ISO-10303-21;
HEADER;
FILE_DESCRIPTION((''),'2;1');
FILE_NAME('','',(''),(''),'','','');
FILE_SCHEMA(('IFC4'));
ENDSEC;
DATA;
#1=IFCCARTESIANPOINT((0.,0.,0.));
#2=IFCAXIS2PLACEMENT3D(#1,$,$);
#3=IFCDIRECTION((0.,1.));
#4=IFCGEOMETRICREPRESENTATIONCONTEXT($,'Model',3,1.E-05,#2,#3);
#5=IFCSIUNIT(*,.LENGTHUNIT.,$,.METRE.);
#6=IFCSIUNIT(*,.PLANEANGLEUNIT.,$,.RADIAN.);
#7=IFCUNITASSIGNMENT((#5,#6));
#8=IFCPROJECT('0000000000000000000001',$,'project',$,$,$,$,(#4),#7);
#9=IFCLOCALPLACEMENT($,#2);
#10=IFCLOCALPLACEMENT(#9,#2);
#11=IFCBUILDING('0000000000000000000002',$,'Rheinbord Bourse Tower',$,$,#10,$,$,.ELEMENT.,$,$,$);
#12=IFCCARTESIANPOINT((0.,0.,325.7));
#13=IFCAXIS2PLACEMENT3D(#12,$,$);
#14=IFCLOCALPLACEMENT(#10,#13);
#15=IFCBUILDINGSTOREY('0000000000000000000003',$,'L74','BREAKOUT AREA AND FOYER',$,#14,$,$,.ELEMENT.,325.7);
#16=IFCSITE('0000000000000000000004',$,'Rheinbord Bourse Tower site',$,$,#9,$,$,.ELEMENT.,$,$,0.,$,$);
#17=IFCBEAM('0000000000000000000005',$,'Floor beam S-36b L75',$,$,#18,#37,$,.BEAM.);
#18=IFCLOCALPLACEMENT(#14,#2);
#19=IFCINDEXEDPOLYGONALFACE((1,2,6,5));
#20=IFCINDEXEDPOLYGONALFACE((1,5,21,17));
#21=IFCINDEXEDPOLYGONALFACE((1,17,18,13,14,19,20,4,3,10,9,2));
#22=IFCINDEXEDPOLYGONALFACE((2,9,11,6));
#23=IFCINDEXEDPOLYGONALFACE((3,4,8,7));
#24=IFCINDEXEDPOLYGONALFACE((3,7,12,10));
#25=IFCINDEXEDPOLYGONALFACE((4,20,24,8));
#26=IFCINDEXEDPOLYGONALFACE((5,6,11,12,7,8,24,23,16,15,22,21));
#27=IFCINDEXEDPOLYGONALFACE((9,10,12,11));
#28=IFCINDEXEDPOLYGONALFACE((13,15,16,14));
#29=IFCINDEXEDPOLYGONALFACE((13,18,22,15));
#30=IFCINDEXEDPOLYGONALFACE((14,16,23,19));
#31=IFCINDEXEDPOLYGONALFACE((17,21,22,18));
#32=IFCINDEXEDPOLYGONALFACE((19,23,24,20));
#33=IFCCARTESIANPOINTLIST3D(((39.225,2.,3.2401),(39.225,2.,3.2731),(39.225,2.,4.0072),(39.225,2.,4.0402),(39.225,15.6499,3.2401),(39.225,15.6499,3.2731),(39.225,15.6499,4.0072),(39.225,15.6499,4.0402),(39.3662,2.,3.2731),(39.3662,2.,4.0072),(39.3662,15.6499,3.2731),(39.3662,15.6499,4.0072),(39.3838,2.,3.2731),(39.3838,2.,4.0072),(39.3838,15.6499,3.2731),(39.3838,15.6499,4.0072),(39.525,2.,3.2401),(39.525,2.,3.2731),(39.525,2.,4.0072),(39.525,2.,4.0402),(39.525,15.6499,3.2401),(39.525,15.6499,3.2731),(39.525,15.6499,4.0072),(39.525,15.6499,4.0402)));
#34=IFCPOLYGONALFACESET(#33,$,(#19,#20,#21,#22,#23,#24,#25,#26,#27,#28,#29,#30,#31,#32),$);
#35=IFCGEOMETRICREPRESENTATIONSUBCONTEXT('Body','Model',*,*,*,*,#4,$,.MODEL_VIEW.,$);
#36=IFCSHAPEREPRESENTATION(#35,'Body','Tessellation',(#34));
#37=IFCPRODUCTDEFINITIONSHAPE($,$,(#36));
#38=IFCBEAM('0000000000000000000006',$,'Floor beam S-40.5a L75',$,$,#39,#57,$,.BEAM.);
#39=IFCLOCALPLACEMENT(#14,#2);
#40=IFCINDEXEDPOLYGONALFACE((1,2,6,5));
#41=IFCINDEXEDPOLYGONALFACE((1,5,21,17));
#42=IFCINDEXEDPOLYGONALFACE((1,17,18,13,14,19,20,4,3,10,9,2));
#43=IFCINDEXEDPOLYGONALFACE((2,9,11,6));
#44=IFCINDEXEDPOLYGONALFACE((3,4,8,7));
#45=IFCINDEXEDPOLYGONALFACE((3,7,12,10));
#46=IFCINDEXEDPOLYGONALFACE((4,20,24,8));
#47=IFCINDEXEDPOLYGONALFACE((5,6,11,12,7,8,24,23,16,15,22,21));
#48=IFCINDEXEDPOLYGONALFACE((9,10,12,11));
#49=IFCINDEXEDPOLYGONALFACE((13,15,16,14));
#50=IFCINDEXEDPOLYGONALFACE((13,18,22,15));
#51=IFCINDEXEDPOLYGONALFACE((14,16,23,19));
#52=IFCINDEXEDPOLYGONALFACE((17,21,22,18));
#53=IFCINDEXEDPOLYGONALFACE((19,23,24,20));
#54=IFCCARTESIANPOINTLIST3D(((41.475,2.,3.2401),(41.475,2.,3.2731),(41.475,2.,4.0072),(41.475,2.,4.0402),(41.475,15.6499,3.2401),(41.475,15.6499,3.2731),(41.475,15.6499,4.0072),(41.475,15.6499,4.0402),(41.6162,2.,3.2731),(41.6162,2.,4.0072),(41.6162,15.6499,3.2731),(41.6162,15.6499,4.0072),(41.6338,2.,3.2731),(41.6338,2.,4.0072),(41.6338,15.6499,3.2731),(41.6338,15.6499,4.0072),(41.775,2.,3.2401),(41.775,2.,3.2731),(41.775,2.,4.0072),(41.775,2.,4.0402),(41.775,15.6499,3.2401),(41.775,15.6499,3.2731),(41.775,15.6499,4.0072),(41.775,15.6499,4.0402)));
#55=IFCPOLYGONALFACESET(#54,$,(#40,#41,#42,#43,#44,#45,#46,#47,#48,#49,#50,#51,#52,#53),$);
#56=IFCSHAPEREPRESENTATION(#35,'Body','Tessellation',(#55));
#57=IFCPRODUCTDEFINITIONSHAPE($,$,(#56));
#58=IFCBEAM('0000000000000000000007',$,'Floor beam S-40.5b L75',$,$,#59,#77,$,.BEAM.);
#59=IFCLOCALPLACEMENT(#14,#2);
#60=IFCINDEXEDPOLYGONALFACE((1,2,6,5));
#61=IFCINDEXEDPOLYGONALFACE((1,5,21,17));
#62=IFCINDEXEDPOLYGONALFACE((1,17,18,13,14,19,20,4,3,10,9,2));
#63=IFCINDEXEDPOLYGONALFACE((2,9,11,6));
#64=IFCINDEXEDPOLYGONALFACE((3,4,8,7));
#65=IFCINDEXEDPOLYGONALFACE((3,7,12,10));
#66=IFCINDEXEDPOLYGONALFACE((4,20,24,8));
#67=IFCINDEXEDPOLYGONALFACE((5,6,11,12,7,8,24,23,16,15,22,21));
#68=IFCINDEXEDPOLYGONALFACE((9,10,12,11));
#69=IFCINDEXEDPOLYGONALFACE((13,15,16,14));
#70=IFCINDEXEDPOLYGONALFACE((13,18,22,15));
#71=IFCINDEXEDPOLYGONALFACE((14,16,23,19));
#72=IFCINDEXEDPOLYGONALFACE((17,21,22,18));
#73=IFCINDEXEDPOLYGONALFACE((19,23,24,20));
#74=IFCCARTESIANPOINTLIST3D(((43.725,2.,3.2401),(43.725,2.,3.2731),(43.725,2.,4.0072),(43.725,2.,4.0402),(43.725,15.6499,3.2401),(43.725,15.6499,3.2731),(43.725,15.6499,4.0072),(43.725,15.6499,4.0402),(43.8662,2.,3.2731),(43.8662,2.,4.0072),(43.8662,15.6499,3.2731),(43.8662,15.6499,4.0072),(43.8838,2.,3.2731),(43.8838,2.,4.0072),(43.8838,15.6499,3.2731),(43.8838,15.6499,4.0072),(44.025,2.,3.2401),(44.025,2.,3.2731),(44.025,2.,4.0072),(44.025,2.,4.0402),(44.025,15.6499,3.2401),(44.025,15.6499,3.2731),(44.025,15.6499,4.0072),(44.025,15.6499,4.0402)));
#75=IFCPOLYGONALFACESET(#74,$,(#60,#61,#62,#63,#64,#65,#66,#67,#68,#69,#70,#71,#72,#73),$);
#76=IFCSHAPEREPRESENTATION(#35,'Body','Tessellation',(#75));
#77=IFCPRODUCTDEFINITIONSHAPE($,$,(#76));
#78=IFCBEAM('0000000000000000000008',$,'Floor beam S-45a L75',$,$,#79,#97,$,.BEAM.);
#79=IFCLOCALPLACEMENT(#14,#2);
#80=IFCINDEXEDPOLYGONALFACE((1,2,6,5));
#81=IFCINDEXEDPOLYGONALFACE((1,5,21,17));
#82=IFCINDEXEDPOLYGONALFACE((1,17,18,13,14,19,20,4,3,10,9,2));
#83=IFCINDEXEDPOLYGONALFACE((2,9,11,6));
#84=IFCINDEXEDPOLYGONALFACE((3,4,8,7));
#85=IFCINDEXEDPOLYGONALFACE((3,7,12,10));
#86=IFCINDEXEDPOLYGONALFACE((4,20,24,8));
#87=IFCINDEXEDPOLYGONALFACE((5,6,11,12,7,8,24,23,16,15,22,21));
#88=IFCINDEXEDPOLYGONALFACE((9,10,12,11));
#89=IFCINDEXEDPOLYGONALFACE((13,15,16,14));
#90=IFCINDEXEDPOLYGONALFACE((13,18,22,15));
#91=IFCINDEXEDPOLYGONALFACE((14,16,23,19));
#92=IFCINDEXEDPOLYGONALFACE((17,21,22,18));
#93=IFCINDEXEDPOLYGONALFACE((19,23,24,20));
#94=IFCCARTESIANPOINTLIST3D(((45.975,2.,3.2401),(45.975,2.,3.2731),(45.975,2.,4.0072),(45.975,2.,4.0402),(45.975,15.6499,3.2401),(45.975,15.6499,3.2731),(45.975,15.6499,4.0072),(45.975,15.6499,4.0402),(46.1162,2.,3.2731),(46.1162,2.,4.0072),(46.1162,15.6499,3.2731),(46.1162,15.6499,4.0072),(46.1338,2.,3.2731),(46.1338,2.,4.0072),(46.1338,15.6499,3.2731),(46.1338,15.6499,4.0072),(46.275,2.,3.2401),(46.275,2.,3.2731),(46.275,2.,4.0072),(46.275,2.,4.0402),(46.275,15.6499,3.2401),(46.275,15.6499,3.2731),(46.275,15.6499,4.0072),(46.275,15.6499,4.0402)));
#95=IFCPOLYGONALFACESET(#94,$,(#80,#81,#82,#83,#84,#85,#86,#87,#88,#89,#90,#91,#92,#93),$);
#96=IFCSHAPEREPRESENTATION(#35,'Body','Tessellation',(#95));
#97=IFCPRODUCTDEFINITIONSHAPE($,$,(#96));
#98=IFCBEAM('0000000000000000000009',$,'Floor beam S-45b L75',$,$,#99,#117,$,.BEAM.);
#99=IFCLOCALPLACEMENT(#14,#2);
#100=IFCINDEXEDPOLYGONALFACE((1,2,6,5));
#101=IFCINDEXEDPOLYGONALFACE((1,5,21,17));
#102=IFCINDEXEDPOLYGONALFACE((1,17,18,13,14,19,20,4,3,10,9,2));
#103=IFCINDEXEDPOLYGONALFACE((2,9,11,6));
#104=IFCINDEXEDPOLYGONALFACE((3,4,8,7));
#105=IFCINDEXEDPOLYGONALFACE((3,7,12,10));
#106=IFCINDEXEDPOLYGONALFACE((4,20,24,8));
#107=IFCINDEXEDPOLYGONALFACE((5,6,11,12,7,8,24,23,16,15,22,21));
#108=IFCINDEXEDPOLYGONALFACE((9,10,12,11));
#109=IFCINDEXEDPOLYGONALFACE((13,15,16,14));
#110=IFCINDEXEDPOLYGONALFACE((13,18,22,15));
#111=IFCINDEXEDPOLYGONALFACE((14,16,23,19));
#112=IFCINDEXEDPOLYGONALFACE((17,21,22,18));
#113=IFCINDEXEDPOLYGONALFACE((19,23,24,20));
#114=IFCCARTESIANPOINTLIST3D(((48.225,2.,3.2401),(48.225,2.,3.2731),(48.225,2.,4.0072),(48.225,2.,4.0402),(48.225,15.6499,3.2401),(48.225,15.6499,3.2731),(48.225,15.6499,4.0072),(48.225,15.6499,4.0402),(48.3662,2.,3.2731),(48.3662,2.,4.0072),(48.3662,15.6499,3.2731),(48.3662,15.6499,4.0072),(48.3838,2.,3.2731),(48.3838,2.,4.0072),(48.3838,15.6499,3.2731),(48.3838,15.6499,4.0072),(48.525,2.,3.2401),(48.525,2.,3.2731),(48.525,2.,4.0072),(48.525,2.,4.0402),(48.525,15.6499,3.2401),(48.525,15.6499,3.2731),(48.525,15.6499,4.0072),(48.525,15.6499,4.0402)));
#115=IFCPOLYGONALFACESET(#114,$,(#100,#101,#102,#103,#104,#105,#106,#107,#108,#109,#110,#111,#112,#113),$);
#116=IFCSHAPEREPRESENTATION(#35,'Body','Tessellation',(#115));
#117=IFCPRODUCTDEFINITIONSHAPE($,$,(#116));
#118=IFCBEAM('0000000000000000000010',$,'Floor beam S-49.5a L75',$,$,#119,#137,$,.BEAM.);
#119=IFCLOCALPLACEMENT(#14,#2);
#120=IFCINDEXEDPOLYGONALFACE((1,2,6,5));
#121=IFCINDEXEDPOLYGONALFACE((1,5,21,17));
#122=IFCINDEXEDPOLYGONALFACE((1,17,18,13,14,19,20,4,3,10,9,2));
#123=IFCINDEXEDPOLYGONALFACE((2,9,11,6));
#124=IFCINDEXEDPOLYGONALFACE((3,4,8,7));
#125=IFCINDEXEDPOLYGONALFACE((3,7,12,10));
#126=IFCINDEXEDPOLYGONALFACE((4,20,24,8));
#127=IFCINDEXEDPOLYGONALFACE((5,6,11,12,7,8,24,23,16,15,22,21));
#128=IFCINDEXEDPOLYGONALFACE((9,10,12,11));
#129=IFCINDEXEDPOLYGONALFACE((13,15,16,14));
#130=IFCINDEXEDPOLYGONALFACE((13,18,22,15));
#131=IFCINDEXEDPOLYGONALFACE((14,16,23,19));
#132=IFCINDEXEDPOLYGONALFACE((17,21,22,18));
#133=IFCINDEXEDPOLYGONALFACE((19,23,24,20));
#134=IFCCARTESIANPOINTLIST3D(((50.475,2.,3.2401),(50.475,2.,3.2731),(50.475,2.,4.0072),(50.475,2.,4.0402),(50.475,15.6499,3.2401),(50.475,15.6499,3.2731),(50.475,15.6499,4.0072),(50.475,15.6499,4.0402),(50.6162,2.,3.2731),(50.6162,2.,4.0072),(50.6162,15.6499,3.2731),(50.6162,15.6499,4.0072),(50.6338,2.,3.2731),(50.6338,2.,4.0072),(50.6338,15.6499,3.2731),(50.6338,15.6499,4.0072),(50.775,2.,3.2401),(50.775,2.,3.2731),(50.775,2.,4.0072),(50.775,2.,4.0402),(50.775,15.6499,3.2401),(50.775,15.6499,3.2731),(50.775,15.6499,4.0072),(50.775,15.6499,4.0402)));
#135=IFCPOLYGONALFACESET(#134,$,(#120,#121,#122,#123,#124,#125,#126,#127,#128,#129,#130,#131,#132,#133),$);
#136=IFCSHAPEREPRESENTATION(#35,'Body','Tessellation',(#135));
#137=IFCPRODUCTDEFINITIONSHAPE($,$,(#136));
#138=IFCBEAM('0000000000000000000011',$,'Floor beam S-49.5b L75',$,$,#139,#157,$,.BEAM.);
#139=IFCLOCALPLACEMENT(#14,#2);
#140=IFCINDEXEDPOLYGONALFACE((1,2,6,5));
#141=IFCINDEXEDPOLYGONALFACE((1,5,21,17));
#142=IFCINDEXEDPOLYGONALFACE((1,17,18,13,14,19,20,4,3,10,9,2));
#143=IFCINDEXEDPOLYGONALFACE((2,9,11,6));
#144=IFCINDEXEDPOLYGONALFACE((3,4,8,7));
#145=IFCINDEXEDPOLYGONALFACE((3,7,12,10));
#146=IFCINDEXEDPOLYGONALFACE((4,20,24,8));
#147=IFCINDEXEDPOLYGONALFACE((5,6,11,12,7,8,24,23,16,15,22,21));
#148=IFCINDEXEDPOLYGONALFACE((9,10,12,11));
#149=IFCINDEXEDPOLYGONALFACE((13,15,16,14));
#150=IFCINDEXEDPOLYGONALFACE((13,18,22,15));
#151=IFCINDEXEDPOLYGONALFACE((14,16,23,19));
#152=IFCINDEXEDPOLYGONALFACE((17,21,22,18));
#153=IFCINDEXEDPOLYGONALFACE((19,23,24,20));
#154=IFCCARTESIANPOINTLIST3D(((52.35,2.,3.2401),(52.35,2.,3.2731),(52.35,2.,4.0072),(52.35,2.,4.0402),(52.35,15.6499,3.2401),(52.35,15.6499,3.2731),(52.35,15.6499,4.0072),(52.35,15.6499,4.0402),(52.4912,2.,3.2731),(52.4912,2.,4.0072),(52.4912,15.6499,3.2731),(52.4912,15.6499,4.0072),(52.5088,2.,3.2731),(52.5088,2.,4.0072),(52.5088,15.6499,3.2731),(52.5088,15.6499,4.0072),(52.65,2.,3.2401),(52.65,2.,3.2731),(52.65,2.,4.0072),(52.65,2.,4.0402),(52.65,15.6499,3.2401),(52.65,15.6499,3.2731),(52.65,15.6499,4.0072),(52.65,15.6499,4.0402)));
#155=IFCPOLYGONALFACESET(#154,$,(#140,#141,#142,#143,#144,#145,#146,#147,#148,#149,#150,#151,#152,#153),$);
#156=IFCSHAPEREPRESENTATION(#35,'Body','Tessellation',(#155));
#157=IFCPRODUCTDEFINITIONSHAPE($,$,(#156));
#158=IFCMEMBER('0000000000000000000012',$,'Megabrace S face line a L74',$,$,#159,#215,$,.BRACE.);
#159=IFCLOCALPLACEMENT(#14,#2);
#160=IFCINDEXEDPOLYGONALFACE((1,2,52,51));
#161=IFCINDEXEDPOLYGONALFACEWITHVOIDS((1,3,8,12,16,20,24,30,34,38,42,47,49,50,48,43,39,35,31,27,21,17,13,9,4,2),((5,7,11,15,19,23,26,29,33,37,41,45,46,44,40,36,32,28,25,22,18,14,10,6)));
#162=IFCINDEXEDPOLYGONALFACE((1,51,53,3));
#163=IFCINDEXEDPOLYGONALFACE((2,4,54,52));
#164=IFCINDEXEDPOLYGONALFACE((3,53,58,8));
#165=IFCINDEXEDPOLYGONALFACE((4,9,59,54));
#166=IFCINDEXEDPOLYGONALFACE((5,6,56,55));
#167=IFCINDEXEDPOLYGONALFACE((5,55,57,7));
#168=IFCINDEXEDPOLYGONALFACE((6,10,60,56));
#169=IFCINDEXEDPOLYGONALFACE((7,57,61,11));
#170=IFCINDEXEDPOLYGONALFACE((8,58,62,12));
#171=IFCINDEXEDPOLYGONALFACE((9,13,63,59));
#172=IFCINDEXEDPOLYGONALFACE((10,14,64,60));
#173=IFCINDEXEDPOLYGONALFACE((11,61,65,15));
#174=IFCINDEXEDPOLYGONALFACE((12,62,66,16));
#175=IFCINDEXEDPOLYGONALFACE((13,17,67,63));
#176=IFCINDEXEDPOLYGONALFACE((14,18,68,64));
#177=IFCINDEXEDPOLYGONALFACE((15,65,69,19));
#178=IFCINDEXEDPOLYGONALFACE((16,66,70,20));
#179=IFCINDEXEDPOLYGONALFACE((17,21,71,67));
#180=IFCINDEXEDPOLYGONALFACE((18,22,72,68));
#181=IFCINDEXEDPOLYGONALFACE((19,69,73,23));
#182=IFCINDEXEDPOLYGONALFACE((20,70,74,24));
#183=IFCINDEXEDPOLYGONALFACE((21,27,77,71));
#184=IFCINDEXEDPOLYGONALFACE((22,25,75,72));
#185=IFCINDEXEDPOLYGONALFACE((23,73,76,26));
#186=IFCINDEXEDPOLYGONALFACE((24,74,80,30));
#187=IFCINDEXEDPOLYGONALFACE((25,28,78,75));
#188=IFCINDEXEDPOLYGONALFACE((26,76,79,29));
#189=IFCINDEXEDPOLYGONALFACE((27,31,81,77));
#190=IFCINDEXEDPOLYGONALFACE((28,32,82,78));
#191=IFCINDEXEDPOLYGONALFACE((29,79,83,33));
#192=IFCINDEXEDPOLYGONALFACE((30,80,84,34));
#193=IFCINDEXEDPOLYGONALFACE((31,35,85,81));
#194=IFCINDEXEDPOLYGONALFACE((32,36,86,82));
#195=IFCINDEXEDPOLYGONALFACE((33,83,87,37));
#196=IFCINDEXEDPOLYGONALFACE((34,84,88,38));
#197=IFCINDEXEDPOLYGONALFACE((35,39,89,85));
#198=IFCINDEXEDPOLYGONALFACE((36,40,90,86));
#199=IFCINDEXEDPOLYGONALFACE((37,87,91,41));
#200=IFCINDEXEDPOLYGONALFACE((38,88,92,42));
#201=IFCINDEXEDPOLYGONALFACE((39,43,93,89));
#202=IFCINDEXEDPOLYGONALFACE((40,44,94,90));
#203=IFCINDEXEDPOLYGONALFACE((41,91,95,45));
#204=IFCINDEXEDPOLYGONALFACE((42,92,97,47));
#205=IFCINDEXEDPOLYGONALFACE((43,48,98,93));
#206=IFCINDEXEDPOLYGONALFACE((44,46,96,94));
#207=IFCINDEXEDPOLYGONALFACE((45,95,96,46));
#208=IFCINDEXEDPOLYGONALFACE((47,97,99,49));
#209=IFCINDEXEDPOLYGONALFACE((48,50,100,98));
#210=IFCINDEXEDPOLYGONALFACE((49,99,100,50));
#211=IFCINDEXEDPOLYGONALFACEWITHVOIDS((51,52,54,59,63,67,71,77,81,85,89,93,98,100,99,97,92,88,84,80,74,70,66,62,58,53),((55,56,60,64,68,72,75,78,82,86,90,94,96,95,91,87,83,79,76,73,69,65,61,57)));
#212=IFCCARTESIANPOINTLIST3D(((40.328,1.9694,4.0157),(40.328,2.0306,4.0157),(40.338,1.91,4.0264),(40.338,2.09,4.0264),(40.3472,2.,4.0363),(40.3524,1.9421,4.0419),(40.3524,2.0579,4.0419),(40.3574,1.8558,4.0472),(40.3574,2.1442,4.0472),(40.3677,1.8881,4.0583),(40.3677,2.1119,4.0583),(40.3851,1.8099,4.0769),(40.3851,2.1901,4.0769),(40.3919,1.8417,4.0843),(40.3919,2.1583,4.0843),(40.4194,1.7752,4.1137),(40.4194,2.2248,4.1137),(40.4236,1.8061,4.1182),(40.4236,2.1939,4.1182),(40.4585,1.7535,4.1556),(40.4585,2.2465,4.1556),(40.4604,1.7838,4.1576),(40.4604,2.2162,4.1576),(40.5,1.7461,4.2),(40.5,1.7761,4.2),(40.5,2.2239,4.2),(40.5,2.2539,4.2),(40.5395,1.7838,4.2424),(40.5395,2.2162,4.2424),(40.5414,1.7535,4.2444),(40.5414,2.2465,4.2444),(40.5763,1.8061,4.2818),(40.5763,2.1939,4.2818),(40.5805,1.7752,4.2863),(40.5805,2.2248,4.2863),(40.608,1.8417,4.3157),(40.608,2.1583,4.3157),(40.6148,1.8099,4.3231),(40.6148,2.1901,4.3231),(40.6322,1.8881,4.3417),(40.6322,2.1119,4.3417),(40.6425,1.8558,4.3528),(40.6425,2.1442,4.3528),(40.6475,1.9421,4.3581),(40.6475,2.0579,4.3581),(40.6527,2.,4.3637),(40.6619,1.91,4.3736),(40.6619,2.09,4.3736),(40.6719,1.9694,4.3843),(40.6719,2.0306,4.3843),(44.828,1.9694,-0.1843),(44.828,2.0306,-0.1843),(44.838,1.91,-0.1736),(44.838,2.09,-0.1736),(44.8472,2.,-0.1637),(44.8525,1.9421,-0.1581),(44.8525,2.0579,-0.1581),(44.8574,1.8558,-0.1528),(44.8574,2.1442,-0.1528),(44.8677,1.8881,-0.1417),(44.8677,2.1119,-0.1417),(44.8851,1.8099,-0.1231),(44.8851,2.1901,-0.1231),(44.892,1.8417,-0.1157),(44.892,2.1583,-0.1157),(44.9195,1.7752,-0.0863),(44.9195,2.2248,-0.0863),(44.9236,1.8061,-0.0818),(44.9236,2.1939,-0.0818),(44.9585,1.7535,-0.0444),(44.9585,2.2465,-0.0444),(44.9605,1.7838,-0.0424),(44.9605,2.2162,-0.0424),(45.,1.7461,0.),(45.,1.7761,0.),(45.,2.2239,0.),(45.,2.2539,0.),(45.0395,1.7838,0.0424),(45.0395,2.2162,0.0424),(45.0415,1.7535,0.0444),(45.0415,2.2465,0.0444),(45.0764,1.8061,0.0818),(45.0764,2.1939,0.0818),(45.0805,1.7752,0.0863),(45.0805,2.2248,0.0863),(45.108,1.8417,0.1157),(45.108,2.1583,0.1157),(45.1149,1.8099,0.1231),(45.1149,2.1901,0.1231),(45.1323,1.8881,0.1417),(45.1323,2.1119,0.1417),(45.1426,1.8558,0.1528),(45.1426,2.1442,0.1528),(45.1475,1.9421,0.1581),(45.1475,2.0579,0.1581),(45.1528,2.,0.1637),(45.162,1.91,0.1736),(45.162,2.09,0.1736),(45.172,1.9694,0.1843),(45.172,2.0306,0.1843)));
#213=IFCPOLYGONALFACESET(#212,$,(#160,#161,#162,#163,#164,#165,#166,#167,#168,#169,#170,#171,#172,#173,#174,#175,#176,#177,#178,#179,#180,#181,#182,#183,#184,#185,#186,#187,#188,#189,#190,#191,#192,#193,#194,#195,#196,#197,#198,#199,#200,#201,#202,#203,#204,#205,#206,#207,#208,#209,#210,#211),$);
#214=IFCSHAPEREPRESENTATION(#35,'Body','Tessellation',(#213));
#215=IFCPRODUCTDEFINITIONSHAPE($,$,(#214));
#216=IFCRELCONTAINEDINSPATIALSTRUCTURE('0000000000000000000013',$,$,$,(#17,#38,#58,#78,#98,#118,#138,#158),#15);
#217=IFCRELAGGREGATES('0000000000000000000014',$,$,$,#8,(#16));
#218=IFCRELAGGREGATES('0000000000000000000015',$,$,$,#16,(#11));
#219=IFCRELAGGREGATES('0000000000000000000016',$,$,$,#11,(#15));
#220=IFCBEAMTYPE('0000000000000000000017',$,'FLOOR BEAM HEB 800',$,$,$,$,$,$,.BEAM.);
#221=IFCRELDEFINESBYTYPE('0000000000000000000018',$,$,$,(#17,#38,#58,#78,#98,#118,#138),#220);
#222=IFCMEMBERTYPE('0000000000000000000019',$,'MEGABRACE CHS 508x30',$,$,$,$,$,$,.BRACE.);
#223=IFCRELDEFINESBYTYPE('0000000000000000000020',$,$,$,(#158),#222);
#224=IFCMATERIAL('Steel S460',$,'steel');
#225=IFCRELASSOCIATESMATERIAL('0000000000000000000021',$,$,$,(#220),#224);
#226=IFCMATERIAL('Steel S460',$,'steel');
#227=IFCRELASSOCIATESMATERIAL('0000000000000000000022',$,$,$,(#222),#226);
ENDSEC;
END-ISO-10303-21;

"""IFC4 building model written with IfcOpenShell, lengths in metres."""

from ifc_helpers import new_model, si_unit, direction, frame, origin, origin_2d, place, context, subcontext, project, spatial, hollow_circle, i_section, extrude, material, material_profile, profile_set, type_object, element, save


model = new_model("IFC4")

# Units and contexts
model_context = context("Model", 3, precision=1e-05, world=origin(), true_north=direction((0.0, 1.0)))
body_context = subcontext(model_context, "Body", "Model", "MODEL_VIEW")
ifc_project = project(units=[si_unit("LENGTHUNIT", "METRE"), si_unit("PLANEANGLEUNIT", "RADIAN")], contexts=[model_context])

# Site, building, storey
site_placement = place(None, origin())
site = spatial("IfcSite", under=ifc_project, at=site_placement, Name="Rheinbord Bourse Tower site", CompositionType="ELEMENT", RefElevation=0.0)
building_placement = place(site_placement, origin())
building = spatial("IfcBuilding", under=site, at=building_placement, Name="Rheinbord Bourse Tower", CompositionType="ELEMENT")
storey_placement = place(building_placement, frame((0.0, 0.0, 325.7)))
storey = spatial("IfcBuildingStorey", under=building, at=storey_placement, Name="L74", Description="BREAKOUT AREA AND FOYER", CompositionType="ELEMENT", Elevation=325.7)

# Beams
ifc_material_1 = material(Name="Steel S460", Category="steel")
ifc_material_profile_1 = material_profile(ifc_material_1, i_section(OverallWidth=0.3, OverallDepth=0.8, WebThickness=0.0176, FlangeThickness=0.033, at=origin_2d()), Name="HEB 800")
ifc_profile_set_1 = profile_set([ifc_material_profile_1], Name="Steel S460")
beam_type_1 = type_object("IfcBeamType", Name="FLOOR BEAM HEB 800", PredefinedType="BEAM", material=ifc_profile_set_1)
for number, where, z_axis, x_axis, name in (
    (1, (39.375, 2.0, 3.6401), (0.0, 1.0, 0.0), (-1.0, 0.0, 0.0), "Floor beam S-36b L75"),
    (2, (41.625, 2.0, 3.6401), (0.0, 1.0, 0.0), (-1.0, 0.0, 0.0), "Floor beam S-40.5a L75"),
    (3, (43.875, 2.0, 3.6401), (0.0, 1.0, 0.0), (-1.0, 0.0, 0.0), "Floor beam S-40.5b L75"),
    (4, (46.125, 2.0, 3.6401), (0.0, 1.0, 0.0), (-1.0, 0.0, 0.0), "Floor beam S-45a L75"),
    (5, (48.375, 2.0, 3.6401), (0.0, 1.0, 0.0), (-1.0, 0.0, 0.0), "Floor beam S-45b L75"),
    (6, (50.625, 2.0, 3.6401), (0.0, 1.0, 0.0), (-1.0, 0.0, 0.0), "Floor beam S-49.5a L75"),
    (7, (52.5, 2.0, 3.6401), (0.0, 1.0, 0.0), (-1.0, 0.0, 0.0), "Floor beam S-49.5b L75"),
):
    element("IfcBeam", number, at=place(storey_placement, frame(where, z_axis=z_axis, x_axis=x_axis)), inside=storey, type_object=beam_type_1, Name=name, PredefinedType="BEAM", context=body_context, shape_type="SweptSolid", body=[
        extrude(i_section(OverallWidth=0.3, OverallDepth=0.8, WebThickness=0.0176, FlangeThickness=0.033, at=origin_2d()), origin(), (0.0, 0.0, 1.0), 13.6499),
    ])

# Member
ifc_material_2 = material(Name="Steel S460", Category="steel")
ifc_material_profile_2 = material_profile(ifc_material_2, hollow_circle(Radius=0.2539, WallThickness=0.03, at=origin_2d()), Name="CHS 508x30")
ifc_profile_set_2 = profile_set([ifc_material_profile_2], Name="Steel S460")
member_type_1 = type_object("IfcMemberType", Name="MEGABRACE CHS 508x30", PredefinedType="BRACE", material=ifc_profile_set_2)
member_1_placement = place(storey_placement, frame((45.0, 2.0, 0.0), z_axis=(-0.731059, 0.0, 0.682314), x_axis=(0.0, -1.0, 0.0)))
element("IfcMember", 8, at=member_1_placement, inside=storey, type_object=member_type_1, Name="Megabrace S face line a L74", PredefinedType="BRACE", context=body_context, shape_type="SweptSolid", body=[
    extrude(hollow_circle(Radius=0.2539, WallThickness=0.03, at=origin_2d()), origin(), (0.0, 0.0, 1.0), 6.1555),
])

save(model, "model.ifc")
